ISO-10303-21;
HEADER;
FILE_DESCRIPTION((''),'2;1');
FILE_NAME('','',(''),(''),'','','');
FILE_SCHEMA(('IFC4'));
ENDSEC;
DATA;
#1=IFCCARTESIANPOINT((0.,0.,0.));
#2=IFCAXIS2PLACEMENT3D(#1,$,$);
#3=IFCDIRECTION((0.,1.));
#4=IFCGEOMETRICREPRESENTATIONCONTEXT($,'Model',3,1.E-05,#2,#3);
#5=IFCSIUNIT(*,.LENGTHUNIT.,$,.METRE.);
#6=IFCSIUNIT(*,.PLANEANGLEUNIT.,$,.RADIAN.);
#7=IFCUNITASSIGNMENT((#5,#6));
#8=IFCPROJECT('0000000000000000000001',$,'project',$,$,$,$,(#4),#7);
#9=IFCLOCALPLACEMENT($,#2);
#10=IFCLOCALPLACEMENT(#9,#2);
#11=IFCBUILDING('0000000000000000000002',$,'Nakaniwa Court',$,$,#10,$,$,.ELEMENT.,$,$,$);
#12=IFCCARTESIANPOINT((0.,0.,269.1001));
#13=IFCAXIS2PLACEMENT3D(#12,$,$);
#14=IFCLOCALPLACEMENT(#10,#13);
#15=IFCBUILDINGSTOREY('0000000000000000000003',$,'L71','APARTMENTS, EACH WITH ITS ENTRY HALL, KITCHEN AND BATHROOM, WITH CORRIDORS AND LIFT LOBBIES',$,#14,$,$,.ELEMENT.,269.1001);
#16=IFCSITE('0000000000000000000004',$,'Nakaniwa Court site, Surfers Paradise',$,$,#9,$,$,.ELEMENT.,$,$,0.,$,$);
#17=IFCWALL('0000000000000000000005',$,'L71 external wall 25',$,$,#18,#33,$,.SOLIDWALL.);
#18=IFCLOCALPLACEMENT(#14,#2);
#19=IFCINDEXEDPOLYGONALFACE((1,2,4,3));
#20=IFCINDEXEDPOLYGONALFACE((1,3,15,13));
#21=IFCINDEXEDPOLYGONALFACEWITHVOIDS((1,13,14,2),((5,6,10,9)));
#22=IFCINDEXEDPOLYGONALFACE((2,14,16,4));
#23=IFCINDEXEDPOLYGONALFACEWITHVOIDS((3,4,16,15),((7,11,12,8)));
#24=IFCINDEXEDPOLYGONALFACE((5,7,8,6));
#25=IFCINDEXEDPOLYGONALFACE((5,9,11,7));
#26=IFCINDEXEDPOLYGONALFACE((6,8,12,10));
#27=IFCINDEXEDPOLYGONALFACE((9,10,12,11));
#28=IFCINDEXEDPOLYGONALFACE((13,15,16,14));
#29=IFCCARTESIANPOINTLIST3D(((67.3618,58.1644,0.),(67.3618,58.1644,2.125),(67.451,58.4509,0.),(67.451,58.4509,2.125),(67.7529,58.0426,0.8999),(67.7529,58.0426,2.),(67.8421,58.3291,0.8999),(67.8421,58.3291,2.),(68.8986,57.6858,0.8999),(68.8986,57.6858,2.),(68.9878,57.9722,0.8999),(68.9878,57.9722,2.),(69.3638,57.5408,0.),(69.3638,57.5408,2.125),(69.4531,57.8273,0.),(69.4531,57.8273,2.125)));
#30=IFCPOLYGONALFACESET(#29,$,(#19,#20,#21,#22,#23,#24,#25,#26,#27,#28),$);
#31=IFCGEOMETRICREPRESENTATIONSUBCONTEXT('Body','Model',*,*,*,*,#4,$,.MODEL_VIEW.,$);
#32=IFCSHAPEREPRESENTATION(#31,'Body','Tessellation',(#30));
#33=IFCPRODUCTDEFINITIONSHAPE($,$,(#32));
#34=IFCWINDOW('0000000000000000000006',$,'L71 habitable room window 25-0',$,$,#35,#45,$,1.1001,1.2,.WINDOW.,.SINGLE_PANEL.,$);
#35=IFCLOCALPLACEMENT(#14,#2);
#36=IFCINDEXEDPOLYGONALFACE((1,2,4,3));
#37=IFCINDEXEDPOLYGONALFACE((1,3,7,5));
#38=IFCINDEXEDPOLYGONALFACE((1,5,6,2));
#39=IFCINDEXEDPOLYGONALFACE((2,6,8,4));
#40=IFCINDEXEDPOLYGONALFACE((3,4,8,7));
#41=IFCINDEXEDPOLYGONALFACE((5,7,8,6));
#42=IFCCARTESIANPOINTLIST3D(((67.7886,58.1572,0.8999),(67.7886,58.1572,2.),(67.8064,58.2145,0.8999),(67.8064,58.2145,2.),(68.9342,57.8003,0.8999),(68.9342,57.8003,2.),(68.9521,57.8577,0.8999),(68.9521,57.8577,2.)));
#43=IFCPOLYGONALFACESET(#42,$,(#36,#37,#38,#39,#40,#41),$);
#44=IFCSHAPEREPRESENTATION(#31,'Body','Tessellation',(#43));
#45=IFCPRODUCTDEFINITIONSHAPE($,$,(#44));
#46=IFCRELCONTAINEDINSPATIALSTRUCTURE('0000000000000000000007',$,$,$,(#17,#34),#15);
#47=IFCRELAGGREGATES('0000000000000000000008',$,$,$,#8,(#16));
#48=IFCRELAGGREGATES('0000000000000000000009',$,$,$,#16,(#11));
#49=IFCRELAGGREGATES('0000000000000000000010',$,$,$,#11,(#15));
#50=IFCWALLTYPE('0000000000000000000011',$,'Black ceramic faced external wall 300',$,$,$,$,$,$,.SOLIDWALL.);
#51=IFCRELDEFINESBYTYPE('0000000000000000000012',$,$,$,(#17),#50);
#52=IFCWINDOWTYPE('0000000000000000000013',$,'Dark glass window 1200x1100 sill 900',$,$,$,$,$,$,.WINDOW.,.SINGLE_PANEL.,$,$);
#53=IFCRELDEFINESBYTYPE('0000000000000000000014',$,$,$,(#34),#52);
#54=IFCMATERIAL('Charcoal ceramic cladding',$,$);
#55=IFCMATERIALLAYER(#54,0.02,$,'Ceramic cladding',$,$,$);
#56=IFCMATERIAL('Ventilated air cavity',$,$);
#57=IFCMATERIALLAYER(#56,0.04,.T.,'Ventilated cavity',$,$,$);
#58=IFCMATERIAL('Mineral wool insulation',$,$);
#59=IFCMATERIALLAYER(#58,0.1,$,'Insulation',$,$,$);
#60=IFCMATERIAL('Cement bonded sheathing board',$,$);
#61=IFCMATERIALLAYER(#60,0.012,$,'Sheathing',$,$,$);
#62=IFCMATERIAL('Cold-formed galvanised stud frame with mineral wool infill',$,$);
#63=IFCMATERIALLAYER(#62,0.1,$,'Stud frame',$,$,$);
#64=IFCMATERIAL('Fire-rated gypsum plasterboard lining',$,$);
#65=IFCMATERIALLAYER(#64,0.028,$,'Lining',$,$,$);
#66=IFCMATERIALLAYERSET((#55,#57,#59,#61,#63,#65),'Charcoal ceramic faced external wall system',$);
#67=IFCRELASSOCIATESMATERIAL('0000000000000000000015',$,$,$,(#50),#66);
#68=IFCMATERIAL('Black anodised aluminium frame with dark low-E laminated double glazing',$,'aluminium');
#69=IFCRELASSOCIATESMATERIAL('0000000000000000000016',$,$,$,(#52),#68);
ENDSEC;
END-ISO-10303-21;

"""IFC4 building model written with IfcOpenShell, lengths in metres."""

from ifc_helpers import new_model, si_unit, direction, frame, frame_2d, origin, place, context, subcontext, project, spatial, rectangle, extrude, material, layer, layer_set, type_object, element, fill, save


model = new_model("IFC4")

# Units and contexts
model_context = context("Model", 3, precision=1e-05, world=origin(), true_north=direction((0.0, 1.0)))
body_context = subcontext(model_context, "Body", "Model", "MODEL_VIEW")
ifc_project = project(units=[si_unit("LENGTHUNIT", "METRE"), si_unit("PLANEANGLEUNIT", "RADIAN")], contexts=[model_context])

# Site, building, storey
site_placement = place(None, origin())
site = spatial("IfcSite", under=ifc_project, at=site_placement, Name="Nakaniwa Court site, Surfers Paradise", CompositionType="ELEMENT", RefElevation=0.0)
building_placement = place(site_placement, origin())
building = spatial("IfcBuilding", under=site, at=building_placement, Name="Nakaniwa Court", CompositionType="ELEMENT")
storey_placement = place(building_placement, frame((0.0, 0.0, 269.1001)))
storey = spatial("IfcBuildingStorey", under=building, at=storey_placement, Name="L71", Description="APARTMENTS, EACH WITH ITS ENTRY HALL, KITCHEN AND BATHROOM, WITH CORRIDORS AND LIFT LOBBIES", CompositionType="ELEMENT", Elevation=269.1001)

# Wall, opening, window
ifc_material_1 = material(Name="Charcoal ceramic cladding")
ifc_layer_1 = layer(ifc_material_1, 0.02, Name="Ceramic cladding")
ifc_material_2 = material(Name="Ventilated air cavity")
ifc_layer_2 = layer(ifc_material_2, 0.04, ventilated=True, Name="Ventilated cavity")
ifc_material_3 = material(Name="Mineral wool insulation")
ifc_layer_3 = layer(ifc_material_3, 0.1, Name="Insulation")
ifc_material_4 = material(Name="Cement bonded sheathing board")
ifc_layer_4 = layer(ifc_material_4, 0.012, Name="Sheathing")
ifc_material_5 = material(Name="Cold-formed galvanised stud frame with mineral wool infill")
ifc_layer_5 = layer(ifc_material_5, 0.1, Name="Stud frame")
ifc_material_6 = material(Name="Fire-rated gypsum plasterboard lining")
ifc_layer_6 = layer(ifc_material_6, 0.028, Name="Lining")
ifc_layer_set_1 = layer_set([ifc_layer_1, ifc_layer_2, ifc_layer_3, ifc_layer_4, ifc_layer_5, ifc_layer_6], Name="Charcoal ceramic faced external wall system")
wall_type_1 = type_object("IfcWallType", Name="Black ceramic faced external wall 300", PredefinedType="SOLIDWALL", material=ifc_layer_set_1)
ifc_material_7 = material(Name="Black anodised aluminium frame with dark low-E laminated double glazing", Category="aluminium")
window_type_1 = type_object("IfcWindowType", Name="Dark glass window 1200x1100 sill 900", PartitioningType="SINGLE_PANEL", PredefinedType="WINDOW", material=ifc_material_7)
wall_1_placement = place(storey_placement, frame((67.4065, 58.3076, 0.0), z_axis=(0.0, 0.0, 1.0), x_axis=(0.954761, -0.297373, 0.0)))
wall_1 = element("IfcWall", 1, at=wall_1_placement, inside=storey, type_object=wall_type_1, Name="L71 external wall 25", PredefinedType="SOLIDWALL", context=body_context, shape_type="SweptSolid", body=[
    extrude(rectangle(XDim=2.0969, YDim=0.3, at=frame_2d((1.0483, 0.0))), origin(), (0.0, 0.0, 1.0), 2.125),
])
opening_1_placement = place(wall_1_placement, frame((0.4094, 0.0, 0.8999)))
opening_1 = element("IfcOpeningElement", 2, at=opening_1_placement, cuts=wall_1, PredefinedType="OPENING", context=body_context, shape_type="SweptSolid", body=[
    extrude(rectangle(XDim=1.2, YDim=1.1001, at=frame_2d((0.6001, 0.55))), frame((0.0, 0.1599, 0.0), z_axis=(0.0, -1.0, 0.0), x_axis=(1.0, 0.0, 0.0)), (0.0, 0.0, 1.0), 0.3201),
])
window_1_placement = place(opening_1_placement, origin())
window_1 = element("IfcWindow", 3, at=window_1_placement, inside=storey, type_object=window_type_1, Name="L71 habitable room window 25-0", OverallHeight=1.1001, OverallWidth=1.2, PartitioningType="SINGLE_PANEL", PredefinedType="WINDOW", context=body_context, shape_type="SweptSolid", body=[
    extrude(rectangle(XDim=1.2, YDim=1.1001, at=frame_2d((0.6001, 0.55))), frame((0.0, 0.03, 0.0), z_axis=(0.0, -1.0, 0.0), x_axis=(1.0, 0.0, 0.0)), (0.0, 0.0, 1.0), 0.0601),
])
fill(opening_1, window_1)

save(model, "model.ifc")
